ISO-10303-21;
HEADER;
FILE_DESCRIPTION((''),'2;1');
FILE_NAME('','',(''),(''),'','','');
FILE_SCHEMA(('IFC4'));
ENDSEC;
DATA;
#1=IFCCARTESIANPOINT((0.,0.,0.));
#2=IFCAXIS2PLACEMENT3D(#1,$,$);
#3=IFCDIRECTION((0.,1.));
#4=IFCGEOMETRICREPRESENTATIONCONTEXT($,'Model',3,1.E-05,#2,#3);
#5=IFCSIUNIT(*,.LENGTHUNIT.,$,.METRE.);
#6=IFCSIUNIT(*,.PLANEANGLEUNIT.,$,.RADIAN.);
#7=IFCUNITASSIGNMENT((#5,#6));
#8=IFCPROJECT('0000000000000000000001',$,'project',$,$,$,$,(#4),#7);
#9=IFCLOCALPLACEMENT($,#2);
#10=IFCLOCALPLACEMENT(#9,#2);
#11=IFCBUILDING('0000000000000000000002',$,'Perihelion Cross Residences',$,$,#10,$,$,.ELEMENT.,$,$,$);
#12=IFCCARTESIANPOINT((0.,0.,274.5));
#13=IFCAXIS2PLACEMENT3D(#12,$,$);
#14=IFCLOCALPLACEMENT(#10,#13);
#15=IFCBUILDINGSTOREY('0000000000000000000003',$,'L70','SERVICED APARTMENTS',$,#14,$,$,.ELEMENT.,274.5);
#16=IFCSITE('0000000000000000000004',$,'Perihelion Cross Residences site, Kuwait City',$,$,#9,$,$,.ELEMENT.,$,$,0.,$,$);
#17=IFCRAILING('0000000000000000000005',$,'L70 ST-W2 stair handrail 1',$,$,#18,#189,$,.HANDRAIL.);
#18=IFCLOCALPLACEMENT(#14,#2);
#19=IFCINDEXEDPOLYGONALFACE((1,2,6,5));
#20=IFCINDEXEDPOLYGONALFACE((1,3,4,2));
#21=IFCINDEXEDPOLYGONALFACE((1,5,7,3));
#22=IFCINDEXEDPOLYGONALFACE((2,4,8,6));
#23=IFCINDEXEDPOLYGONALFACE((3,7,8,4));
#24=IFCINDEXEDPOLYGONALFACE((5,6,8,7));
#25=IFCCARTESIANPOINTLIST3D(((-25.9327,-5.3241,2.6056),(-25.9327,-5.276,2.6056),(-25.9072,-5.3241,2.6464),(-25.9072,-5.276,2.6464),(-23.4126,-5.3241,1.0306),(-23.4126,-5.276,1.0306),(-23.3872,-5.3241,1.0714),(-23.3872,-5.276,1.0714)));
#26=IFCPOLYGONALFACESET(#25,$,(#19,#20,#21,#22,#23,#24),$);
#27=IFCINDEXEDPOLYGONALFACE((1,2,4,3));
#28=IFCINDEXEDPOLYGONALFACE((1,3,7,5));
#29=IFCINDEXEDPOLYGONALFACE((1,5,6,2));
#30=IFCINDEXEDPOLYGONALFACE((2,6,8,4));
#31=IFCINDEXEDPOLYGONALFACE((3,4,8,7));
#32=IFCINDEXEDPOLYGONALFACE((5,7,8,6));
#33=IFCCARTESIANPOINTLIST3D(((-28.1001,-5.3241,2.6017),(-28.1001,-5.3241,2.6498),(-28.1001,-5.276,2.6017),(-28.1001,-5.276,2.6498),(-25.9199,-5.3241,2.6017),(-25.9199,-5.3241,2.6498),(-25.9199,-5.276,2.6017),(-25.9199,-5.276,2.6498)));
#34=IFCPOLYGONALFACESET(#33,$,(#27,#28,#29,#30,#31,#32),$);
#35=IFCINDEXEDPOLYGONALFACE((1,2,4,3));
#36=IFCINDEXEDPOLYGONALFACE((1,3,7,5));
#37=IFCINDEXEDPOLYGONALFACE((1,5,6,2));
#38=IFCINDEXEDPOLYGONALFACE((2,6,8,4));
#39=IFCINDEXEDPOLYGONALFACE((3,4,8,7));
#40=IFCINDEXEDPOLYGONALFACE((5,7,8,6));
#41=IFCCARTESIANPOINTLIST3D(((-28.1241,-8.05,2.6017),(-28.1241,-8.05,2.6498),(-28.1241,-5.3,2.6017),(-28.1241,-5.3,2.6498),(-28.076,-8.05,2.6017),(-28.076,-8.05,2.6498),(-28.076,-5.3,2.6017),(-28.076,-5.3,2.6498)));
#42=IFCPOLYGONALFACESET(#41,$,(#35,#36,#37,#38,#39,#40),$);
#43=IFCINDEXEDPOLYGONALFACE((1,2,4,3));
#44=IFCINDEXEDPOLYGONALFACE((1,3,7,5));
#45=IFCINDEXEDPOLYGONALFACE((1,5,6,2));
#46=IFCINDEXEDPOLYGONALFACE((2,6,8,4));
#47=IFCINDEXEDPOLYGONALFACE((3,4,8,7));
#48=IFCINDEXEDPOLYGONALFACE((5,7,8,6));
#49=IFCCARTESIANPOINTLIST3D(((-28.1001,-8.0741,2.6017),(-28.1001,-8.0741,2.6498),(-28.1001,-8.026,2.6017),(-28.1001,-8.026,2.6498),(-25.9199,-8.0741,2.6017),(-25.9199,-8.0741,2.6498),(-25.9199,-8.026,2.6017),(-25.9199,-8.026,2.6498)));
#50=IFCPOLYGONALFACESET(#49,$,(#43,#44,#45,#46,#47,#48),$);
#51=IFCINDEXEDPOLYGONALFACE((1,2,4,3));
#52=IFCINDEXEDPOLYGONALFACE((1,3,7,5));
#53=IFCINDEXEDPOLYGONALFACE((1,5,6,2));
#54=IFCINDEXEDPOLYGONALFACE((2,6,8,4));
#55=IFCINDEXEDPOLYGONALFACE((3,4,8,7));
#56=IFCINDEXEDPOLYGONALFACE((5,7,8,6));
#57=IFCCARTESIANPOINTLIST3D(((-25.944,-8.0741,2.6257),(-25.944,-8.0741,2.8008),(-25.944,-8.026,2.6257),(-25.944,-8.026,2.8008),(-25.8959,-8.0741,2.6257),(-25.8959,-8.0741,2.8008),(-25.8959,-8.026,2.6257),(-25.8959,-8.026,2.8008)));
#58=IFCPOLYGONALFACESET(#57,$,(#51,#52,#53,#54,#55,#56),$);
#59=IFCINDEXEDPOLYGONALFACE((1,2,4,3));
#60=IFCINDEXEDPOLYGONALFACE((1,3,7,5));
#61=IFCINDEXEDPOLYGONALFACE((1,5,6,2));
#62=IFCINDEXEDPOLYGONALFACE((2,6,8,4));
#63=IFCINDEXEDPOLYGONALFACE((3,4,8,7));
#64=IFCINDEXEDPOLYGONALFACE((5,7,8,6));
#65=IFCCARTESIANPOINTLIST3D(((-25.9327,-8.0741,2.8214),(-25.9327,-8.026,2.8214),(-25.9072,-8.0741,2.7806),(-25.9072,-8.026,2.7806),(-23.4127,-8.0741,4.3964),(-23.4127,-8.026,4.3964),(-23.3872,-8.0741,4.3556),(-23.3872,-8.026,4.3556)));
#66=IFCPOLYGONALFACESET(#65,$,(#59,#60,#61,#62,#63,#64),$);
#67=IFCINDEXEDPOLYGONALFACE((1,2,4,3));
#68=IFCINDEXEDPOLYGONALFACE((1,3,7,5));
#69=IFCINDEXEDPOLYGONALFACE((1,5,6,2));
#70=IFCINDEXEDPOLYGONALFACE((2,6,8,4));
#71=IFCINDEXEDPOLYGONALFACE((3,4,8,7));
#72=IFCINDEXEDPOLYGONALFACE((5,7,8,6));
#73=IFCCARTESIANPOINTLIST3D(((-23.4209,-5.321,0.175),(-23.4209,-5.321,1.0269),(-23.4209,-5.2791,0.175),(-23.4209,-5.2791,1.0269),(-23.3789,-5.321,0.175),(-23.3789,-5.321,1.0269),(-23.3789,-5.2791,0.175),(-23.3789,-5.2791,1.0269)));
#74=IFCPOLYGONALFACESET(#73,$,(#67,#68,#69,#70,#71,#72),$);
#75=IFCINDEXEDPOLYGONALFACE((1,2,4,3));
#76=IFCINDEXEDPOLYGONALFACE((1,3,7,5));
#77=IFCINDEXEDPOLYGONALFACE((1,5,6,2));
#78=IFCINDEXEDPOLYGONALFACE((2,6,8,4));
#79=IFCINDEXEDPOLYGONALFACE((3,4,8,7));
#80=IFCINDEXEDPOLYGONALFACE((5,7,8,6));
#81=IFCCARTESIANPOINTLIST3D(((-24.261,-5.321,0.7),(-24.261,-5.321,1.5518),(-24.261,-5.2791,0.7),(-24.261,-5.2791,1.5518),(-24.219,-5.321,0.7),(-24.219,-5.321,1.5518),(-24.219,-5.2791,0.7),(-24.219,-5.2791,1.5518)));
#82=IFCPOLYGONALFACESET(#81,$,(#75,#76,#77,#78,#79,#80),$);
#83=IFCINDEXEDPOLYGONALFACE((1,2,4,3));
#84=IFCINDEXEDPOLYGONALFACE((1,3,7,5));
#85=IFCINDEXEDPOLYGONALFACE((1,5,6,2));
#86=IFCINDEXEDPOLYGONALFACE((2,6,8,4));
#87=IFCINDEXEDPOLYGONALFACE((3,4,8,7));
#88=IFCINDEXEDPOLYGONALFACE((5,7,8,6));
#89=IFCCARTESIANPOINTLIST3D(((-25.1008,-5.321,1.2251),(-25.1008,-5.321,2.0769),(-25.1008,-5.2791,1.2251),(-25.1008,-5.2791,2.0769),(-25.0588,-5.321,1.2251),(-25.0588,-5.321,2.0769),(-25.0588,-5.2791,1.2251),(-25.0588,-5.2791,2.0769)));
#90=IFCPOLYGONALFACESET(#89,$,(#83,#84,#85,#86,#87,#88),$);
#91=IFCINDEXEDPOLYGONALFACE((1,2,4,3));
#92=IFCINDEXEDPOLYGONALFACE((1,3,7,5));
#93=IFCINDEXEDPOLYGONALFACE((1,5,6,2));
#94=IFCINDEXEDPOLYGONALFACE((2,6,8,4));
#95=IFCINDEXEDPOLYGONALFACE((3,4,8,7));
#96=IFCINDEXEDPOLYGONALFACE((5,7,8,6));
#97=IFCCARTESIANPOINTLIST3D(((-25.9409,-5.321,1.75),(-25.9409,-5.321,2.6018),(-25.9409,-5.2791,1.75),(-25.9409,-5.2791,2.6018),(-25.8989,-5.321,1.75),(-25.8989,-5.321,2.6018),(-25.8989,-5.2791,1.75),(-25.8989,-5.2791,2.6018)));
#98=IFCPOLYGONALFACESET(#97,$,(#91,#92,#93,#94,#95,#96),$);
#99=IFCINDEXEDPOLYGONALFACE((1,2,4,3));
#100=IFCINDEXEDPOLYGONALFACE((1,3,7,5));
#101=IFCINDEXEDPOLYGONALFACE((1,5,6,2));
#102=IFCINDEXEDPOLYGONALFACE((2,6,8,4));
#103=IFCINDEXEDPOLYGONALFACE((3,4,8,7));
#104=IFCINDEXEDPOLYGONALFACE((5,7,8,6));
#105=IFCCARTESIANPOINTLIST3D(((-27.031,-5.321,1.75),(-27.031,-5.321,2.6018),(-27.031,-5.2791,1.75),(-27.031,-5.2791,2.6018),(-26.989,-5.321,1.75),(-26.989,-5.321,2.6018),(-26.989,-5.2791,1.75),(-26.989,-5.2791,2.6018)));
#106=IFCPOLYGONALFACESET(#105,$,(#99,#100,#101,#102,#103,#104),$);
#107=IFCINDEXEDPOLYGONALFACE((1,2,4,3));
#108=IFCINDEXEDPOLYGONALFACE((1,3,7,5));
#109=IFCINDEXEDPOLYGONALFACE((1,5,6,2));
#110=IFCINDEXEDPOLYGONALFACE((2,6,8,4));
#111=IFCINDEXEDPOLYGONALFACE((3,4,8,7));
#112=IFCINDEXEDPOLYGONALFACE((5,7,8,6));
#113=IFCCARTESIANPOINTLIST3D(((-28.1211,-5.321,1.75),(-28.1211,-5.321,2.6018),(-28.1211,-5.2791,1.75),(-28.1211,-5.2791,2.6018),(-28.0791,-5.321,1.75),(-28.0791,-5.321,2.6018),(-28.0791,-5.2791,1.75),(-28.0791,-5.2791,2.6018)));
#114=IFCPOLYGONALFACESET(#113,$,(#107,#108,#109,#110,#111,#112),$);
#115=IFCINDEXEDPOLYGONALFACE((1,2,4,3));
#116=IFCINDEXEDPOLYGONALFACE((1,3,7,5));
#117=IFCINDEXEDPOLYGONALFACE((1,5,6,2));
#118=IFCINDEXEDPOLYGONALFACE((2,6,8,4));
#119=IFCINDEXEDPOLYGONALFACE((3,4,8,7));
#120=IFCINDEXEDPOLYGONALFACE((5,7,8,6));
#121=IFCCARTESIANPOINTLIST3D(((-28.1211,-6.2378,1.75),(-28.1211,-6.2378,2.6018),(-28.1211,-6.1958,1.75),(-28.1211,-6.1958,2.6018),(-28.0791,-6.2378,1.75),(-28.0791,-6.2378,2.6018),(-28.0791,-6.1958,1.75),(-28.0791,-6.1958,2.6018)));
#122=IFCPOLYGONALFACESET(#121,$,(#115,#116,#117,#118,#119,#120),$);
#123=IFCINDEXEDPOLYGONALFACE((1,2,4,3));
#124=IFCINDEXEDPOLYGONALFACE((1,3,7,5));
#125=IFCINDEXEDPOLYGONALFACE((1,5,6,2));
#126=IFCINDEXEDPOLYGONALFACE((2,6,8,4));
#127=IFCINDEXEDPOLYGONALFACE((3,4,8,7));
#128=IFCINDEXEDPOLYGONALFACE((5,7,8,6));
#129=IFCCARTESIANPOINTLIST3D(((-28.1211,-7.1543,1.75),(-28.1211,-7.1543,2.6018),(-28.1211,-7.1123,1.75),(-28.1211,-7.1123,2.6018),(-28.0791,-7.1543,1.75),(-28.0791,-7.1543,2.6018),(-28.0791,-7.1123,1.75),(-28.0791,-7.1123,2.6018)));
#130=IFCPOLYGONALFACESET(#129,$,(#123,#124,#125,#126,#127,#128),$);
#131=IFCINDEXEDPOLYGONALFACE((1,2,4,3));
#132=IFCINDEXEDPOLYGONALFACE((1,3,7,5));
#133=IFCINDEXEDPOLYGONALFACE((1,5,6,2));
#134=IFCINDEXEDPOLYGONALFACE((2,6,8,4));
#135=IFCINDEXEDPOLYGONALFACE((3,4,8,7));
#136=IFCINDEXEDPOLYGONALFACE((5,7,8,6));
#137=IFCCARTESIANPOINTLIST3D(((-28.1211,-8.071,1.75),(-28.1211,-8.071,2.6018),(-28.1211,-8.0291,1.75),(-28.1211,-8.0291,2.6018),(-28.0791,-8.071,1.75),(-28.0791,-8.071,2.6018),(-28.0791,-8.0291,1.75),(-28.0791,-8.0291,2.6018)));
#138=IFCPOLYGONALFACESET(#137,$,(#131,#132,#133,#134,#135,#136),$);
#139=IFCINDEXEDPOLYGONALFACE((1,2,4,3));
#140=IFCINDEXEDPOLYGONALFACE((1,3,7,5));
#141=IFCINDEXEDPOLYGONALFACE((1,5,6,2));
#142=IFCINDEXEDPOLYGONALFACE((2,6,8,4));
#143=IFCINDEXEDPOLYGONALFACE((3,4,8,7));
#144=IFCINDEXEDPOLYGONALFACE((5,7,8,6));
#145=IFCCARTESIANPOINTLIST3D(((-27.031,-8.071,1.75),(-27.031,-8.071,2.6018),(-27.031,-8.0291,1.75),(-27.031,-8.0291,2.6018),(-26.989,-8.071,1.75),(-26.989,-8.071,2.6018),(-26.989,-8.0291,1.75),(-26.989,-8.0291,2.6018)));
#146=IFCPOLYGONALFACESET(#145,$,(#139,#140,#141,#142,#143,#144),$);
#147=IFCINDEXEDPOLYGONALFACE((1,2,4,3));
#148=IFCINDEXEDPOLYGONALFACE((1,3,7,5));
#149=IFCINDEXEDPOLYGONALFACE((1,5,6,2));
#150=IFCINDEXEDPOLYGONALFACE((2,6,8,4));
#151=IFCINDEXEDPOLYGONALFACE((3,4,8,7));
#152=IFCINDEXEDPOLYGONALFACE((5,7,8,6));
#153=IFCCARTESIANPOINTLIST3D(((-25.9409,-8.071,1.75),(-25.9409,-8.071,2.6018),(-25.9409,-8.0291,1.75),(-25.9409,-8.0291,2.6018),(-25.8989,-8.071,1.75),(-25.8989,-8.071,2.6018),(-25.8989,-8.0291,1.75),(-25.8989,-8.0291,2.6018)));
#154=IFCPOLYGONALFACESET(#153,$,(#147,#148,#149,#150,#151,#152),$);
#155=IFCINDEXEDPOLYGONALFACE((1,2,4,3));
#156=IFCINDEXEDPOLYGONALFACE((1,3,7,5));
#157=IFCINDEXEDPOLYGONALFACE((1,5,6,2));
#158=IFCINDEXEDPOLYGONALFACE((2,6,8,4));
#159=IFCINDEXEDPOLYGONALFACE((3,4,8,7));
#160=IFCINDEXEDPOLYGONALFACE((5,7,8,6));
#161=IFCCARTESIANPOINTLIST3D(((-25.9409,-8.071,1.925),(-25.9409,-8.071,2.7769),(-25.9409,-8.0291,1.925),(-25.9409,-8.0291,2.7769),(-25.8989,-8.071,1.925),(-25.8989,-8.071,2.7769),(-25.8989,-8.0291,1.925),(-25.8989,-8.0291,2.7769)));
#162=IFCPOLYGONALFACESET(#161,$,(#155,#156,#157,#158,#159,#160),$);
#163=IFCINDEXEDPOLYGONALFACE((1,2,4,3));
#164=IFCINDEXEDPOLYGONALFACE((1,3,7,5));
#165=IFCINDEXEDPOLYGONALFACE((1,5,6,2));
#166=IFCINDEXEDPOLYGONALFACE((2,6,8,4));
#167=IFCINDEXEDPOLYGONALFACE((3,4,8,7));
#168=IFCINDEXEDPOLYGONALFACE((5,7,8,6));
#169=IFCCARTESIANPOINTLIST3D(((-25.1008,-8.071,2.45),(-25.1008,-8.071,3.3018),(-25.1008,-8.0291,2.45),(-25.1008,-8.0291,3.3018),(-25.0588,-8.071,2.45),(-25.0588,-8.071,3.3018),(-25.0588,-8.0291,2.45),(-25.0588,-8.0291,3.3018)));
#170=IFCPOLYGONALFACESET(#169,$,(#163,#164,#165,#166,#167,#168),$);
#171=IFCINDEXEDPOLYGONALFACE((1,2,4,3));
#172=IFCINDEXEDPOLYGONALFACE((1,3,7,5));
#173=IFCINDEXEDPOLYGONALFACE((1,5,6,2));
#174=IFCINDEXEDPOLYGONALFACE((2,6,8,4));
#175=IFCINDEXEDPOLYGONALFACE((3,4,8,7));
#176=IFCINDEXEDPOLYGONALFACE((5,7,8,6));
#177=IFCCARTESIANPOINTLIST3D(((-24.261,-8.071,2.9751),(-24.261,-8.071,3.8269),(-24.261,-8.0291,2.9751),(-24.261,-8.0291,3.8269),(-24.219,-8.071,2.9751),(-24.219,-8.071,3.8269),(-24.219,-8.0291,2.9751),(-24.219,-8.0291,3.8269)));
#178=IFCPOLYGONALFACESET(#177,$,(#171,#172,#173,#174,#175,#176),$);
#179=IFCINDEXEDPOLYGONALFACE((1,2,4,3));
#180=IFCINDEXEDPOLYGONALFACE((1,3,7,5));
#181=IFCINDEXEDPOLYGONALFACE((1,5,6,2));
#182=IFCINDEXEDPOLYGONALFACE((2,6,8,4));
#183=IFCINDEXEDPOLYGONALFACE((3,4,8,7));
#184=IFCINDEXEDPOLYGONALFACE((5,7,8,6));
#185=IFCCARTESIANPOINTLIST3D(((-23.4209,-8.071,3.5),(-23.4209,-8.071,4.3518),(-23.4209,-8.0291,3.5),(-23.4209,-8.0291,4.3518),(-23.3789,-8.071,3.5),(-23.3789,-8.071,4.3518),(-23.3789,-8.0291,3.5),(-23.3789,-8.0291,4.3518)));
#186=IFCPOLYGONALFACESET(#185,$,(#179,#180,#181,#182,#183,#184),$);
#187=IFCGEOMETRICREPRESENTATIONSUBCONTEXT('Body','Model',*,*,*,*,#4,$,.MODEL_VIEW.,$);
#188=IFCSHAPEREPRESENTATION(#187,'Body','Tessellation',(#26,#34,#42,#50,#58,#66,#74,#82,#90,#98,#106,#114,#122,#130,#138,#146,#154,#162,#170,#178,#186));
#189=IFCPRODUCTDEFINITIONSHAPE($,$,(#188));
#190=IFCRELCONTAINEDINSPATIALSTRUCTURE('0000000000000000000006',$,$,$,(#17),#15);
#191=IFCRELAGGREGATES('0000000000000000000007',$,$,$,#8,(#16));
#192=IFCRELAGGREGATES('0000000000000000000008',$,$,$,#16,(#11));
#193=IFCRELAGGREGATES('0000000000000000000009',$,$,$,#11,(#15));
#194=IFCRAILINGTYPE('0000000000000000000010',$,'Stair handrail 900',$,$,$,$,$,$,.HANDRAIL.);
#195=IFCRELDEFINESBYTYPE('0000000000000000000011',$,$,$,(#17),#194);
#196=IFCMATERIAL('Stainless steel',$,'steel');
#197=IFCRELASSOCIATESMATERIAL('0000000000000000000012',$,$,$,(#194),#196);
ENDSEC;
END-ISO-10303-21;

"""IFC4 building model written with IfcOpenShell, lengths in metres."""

from ifc_helpers import new_model, si_unit, direction, frame, origin, origin_2d, place, context, subcontext, project, spatial, rectangle, extrude, material, type_object, element, save


model = new_model("IFC4")

# Units and contexts
model_context = context("Model", 3, precision=1e-05, world=origin(), true_north=direction((0.0, 1.0)))
body_context = subcontext(model_context, "Body", "Model", "MODEL_VIEW")
ifc_project = project(units=[si_unit("LENGTHUNIT", "METRE"), si_unit("PLANEANGLEUNIT", "RADIAN")], contexts=[model_context])

# Site, building, storey
site_placement = place(None, origin())
site = spatial("IfcSite", under=ifc_project, at=site_placement, Name="Perihelion Cross Residences site, Kuwait City", CompositionType="ELEMENT", RefElevation=0.0)
building_placement = place(site_placement, origin())
building = spatial("IfcBuilding", under=site, at=building_placement, Name="Perihelion Cross Residences", CompositionType="ELEMENT")
storey_placement = place(building_placement, frame((0.0, 0.0, 274.5)))
storey = spatial("IfcBuildingStorey", under=building, at=storey_placement, Name="L70", Description="SERVICED APARTMENTS", CompositionType="ELEMENT", Elevation=274.5)

# Railing
ifc_material_1 = material(Name="Stainless steel", Category="steel")
railing_type_1 = type_object("IfcRailingType", Name="Stair handrail 900", PredefinedType="HANDRAIL", material=ifc_material_1)
railing_1_placement = place(storey_placement, frame((-23.3999, -5.3, 0.175)))
element("IfcRailing", 1, at=railing_1_placement, inside=storey, type_object=railing_type_1, Name="L70 ST-W2 stair handrail 1", PredefinedType="HANDRAIL", context=body_context, shape_type="SweptSolid", body=[
    extrude(rectangle(XDim=0.0481, YDim=0.0481, at=origin_2d()), frame((0.0, 0.0, 0.876), z_axis=(-0.848008, 0.0, 0.529984), x_axis=(0.0, -1.0, 0.0)), (0.0, 0.0, 1.0), 2.9717),
    extrude(rectangle(XDim=0.0481, YDim=0.0481, at=origin_2d()), frame((-2.52, 0.0, 2.4507), z_axis=(-1.0, 0.0, 0.0), x_axis=(0.0, -1.0, 0.0)), (0.0, 0.0, 1.0), 2.1802),
    extrude(rectangle(XDim=0.0481, YDim=0.0481, at=origin_2d()), frame((-4.7002, 0.0, 2.4507), z_axis=(0.0, -1.0, 0.0), x_axis=(1.0, 0.0, 0.0)), (0.0, 0.0, 1.0), 2.75),
    extrude(rectangle(XDim=0.0481, YDim=0.0481, at=origin_2d()), frame((-4.7002, -2.75, 2.4507), z_axis=(1.0, 0.0, 0.0), x_axis=(0.0, 1.0, 0.0)), (0.0, 0.0, 1.0), 2.1802),
    extrude(rectangle(XDim=0.0481, YDim=0.0481, at=origin_2d()), frame((-2.52, -2.75, 2.4507), z_axis=(0.0, 0.0, 1.0), x_axis=(1.0, 0.0, 0.0)), (0.0, 0.0, 1.0), 0.175),
    extrude(rectangle(XDim=0.0481, YDim=0.0481, at=origin_2d()), frame((-2.52, -2.75, 2.626), z_axis=(0.848008, 0.0, 0.529984), x_axis=(0.0, 1.0, 0.0)), (0.0, 0.0, 1.0), 2.9717),
    extrude(rectangle(XDim=0.042, YDim=0.042, at=origin_2d()), origin(), (0.0, 0.0, 1.0), 0.8518),
    extrude(rectangle(XDim=0.042, YDim=0.042, at=origin_2d()), frame((-0.8401, 0.0, 0.5249)), (0.0, 0.0, 1.0), 0.8518),
    extrude(rectangle(XDim=0.042, YDim=0.042, at=origin_2d()), frame((-1.6799, 0.0, 1.05)), (0.0, 0.0, 1.0), 0.8518),
    extrude(rectangle(XDim=0.042, YDim=0.042, at=origin_2d()), frame((-2.52, 0.0, 1.575)), (0.0, 0.0, 1.0), 0.8518),
    extrude(rectangle(XDim=0.042, YDim=0.042, at=origin_2d()), frame((-3.6101, 0.0, 1.575)), (0.0, 0.0, 1.0), 0.8518),
    extrude(rectangle(XDim=0.042, YDim=0.042, at=origin_2d()), frame((-4.7002, 0.0, 1.575)), (0.0, 0.0, 1.0), 0.8518),
    extrude(rectangle(XDim=0.042, YDim=0.042, at=origin_2d()), frame((-4.7002, -0.9167, 1.575)), (0.0, 0.0, 1.0), 0.8518),
    extrude(rectangle(XDim=0.042, YDim=0.042, at=origin_2d()), frame((-4.7002, -1.8333, 1.575)), (0.0, 0.0, 1.0), 0.8518),
    extrude(rectangle(XDim=0.042, YDim=0.042, at=origin_2d()), frame((-4.7002, -2.75, 1.575)), (0.0, 0.0, 1.0), 0.8518),
    extrude(rectangle(XDim=0.042, YDim=0.042, at=origin_2d()), frame((-3.6101, -2.75, 1.575)), (0.0, 0.0, 1.0), 0.8518),
    extrude(rectangle(XDim=0.042, YDim=0.042, at=origin_2d()), frame((-2.52, -2.75, 1.575)), (0.0, 0.0, 1.0), 0.8518),
    extrude(rectangle(XDim=0.042, YDim=0.042, at=origin_2d()), frame((-2.52, -2.75, 1.75)), (0.0, 0.0, 1.0), 0.8518),
    extrude(rectangle(XDim=0.042, YDim=0.042, at=origin_2d()), frame((-1.6799, -2.75, 2.2749)), (0.0, 0.0, 1.0), 0.8518),
    extrude(rectangle(XDim=0.042, YDim=0.042, at=origin_2d()), frame((-0.8401, -2.75, 2.8)), (0.0, 0.0, 1.0), 0.8518),
    extrude(rectangle(XDim=0.042, YDim=0.042, at=origin_2d()), frame((0.0, -2.75, 3.325)), (0.0, 0.0, 1.0), 0.8518),
])

save(model, "model.ifc")
